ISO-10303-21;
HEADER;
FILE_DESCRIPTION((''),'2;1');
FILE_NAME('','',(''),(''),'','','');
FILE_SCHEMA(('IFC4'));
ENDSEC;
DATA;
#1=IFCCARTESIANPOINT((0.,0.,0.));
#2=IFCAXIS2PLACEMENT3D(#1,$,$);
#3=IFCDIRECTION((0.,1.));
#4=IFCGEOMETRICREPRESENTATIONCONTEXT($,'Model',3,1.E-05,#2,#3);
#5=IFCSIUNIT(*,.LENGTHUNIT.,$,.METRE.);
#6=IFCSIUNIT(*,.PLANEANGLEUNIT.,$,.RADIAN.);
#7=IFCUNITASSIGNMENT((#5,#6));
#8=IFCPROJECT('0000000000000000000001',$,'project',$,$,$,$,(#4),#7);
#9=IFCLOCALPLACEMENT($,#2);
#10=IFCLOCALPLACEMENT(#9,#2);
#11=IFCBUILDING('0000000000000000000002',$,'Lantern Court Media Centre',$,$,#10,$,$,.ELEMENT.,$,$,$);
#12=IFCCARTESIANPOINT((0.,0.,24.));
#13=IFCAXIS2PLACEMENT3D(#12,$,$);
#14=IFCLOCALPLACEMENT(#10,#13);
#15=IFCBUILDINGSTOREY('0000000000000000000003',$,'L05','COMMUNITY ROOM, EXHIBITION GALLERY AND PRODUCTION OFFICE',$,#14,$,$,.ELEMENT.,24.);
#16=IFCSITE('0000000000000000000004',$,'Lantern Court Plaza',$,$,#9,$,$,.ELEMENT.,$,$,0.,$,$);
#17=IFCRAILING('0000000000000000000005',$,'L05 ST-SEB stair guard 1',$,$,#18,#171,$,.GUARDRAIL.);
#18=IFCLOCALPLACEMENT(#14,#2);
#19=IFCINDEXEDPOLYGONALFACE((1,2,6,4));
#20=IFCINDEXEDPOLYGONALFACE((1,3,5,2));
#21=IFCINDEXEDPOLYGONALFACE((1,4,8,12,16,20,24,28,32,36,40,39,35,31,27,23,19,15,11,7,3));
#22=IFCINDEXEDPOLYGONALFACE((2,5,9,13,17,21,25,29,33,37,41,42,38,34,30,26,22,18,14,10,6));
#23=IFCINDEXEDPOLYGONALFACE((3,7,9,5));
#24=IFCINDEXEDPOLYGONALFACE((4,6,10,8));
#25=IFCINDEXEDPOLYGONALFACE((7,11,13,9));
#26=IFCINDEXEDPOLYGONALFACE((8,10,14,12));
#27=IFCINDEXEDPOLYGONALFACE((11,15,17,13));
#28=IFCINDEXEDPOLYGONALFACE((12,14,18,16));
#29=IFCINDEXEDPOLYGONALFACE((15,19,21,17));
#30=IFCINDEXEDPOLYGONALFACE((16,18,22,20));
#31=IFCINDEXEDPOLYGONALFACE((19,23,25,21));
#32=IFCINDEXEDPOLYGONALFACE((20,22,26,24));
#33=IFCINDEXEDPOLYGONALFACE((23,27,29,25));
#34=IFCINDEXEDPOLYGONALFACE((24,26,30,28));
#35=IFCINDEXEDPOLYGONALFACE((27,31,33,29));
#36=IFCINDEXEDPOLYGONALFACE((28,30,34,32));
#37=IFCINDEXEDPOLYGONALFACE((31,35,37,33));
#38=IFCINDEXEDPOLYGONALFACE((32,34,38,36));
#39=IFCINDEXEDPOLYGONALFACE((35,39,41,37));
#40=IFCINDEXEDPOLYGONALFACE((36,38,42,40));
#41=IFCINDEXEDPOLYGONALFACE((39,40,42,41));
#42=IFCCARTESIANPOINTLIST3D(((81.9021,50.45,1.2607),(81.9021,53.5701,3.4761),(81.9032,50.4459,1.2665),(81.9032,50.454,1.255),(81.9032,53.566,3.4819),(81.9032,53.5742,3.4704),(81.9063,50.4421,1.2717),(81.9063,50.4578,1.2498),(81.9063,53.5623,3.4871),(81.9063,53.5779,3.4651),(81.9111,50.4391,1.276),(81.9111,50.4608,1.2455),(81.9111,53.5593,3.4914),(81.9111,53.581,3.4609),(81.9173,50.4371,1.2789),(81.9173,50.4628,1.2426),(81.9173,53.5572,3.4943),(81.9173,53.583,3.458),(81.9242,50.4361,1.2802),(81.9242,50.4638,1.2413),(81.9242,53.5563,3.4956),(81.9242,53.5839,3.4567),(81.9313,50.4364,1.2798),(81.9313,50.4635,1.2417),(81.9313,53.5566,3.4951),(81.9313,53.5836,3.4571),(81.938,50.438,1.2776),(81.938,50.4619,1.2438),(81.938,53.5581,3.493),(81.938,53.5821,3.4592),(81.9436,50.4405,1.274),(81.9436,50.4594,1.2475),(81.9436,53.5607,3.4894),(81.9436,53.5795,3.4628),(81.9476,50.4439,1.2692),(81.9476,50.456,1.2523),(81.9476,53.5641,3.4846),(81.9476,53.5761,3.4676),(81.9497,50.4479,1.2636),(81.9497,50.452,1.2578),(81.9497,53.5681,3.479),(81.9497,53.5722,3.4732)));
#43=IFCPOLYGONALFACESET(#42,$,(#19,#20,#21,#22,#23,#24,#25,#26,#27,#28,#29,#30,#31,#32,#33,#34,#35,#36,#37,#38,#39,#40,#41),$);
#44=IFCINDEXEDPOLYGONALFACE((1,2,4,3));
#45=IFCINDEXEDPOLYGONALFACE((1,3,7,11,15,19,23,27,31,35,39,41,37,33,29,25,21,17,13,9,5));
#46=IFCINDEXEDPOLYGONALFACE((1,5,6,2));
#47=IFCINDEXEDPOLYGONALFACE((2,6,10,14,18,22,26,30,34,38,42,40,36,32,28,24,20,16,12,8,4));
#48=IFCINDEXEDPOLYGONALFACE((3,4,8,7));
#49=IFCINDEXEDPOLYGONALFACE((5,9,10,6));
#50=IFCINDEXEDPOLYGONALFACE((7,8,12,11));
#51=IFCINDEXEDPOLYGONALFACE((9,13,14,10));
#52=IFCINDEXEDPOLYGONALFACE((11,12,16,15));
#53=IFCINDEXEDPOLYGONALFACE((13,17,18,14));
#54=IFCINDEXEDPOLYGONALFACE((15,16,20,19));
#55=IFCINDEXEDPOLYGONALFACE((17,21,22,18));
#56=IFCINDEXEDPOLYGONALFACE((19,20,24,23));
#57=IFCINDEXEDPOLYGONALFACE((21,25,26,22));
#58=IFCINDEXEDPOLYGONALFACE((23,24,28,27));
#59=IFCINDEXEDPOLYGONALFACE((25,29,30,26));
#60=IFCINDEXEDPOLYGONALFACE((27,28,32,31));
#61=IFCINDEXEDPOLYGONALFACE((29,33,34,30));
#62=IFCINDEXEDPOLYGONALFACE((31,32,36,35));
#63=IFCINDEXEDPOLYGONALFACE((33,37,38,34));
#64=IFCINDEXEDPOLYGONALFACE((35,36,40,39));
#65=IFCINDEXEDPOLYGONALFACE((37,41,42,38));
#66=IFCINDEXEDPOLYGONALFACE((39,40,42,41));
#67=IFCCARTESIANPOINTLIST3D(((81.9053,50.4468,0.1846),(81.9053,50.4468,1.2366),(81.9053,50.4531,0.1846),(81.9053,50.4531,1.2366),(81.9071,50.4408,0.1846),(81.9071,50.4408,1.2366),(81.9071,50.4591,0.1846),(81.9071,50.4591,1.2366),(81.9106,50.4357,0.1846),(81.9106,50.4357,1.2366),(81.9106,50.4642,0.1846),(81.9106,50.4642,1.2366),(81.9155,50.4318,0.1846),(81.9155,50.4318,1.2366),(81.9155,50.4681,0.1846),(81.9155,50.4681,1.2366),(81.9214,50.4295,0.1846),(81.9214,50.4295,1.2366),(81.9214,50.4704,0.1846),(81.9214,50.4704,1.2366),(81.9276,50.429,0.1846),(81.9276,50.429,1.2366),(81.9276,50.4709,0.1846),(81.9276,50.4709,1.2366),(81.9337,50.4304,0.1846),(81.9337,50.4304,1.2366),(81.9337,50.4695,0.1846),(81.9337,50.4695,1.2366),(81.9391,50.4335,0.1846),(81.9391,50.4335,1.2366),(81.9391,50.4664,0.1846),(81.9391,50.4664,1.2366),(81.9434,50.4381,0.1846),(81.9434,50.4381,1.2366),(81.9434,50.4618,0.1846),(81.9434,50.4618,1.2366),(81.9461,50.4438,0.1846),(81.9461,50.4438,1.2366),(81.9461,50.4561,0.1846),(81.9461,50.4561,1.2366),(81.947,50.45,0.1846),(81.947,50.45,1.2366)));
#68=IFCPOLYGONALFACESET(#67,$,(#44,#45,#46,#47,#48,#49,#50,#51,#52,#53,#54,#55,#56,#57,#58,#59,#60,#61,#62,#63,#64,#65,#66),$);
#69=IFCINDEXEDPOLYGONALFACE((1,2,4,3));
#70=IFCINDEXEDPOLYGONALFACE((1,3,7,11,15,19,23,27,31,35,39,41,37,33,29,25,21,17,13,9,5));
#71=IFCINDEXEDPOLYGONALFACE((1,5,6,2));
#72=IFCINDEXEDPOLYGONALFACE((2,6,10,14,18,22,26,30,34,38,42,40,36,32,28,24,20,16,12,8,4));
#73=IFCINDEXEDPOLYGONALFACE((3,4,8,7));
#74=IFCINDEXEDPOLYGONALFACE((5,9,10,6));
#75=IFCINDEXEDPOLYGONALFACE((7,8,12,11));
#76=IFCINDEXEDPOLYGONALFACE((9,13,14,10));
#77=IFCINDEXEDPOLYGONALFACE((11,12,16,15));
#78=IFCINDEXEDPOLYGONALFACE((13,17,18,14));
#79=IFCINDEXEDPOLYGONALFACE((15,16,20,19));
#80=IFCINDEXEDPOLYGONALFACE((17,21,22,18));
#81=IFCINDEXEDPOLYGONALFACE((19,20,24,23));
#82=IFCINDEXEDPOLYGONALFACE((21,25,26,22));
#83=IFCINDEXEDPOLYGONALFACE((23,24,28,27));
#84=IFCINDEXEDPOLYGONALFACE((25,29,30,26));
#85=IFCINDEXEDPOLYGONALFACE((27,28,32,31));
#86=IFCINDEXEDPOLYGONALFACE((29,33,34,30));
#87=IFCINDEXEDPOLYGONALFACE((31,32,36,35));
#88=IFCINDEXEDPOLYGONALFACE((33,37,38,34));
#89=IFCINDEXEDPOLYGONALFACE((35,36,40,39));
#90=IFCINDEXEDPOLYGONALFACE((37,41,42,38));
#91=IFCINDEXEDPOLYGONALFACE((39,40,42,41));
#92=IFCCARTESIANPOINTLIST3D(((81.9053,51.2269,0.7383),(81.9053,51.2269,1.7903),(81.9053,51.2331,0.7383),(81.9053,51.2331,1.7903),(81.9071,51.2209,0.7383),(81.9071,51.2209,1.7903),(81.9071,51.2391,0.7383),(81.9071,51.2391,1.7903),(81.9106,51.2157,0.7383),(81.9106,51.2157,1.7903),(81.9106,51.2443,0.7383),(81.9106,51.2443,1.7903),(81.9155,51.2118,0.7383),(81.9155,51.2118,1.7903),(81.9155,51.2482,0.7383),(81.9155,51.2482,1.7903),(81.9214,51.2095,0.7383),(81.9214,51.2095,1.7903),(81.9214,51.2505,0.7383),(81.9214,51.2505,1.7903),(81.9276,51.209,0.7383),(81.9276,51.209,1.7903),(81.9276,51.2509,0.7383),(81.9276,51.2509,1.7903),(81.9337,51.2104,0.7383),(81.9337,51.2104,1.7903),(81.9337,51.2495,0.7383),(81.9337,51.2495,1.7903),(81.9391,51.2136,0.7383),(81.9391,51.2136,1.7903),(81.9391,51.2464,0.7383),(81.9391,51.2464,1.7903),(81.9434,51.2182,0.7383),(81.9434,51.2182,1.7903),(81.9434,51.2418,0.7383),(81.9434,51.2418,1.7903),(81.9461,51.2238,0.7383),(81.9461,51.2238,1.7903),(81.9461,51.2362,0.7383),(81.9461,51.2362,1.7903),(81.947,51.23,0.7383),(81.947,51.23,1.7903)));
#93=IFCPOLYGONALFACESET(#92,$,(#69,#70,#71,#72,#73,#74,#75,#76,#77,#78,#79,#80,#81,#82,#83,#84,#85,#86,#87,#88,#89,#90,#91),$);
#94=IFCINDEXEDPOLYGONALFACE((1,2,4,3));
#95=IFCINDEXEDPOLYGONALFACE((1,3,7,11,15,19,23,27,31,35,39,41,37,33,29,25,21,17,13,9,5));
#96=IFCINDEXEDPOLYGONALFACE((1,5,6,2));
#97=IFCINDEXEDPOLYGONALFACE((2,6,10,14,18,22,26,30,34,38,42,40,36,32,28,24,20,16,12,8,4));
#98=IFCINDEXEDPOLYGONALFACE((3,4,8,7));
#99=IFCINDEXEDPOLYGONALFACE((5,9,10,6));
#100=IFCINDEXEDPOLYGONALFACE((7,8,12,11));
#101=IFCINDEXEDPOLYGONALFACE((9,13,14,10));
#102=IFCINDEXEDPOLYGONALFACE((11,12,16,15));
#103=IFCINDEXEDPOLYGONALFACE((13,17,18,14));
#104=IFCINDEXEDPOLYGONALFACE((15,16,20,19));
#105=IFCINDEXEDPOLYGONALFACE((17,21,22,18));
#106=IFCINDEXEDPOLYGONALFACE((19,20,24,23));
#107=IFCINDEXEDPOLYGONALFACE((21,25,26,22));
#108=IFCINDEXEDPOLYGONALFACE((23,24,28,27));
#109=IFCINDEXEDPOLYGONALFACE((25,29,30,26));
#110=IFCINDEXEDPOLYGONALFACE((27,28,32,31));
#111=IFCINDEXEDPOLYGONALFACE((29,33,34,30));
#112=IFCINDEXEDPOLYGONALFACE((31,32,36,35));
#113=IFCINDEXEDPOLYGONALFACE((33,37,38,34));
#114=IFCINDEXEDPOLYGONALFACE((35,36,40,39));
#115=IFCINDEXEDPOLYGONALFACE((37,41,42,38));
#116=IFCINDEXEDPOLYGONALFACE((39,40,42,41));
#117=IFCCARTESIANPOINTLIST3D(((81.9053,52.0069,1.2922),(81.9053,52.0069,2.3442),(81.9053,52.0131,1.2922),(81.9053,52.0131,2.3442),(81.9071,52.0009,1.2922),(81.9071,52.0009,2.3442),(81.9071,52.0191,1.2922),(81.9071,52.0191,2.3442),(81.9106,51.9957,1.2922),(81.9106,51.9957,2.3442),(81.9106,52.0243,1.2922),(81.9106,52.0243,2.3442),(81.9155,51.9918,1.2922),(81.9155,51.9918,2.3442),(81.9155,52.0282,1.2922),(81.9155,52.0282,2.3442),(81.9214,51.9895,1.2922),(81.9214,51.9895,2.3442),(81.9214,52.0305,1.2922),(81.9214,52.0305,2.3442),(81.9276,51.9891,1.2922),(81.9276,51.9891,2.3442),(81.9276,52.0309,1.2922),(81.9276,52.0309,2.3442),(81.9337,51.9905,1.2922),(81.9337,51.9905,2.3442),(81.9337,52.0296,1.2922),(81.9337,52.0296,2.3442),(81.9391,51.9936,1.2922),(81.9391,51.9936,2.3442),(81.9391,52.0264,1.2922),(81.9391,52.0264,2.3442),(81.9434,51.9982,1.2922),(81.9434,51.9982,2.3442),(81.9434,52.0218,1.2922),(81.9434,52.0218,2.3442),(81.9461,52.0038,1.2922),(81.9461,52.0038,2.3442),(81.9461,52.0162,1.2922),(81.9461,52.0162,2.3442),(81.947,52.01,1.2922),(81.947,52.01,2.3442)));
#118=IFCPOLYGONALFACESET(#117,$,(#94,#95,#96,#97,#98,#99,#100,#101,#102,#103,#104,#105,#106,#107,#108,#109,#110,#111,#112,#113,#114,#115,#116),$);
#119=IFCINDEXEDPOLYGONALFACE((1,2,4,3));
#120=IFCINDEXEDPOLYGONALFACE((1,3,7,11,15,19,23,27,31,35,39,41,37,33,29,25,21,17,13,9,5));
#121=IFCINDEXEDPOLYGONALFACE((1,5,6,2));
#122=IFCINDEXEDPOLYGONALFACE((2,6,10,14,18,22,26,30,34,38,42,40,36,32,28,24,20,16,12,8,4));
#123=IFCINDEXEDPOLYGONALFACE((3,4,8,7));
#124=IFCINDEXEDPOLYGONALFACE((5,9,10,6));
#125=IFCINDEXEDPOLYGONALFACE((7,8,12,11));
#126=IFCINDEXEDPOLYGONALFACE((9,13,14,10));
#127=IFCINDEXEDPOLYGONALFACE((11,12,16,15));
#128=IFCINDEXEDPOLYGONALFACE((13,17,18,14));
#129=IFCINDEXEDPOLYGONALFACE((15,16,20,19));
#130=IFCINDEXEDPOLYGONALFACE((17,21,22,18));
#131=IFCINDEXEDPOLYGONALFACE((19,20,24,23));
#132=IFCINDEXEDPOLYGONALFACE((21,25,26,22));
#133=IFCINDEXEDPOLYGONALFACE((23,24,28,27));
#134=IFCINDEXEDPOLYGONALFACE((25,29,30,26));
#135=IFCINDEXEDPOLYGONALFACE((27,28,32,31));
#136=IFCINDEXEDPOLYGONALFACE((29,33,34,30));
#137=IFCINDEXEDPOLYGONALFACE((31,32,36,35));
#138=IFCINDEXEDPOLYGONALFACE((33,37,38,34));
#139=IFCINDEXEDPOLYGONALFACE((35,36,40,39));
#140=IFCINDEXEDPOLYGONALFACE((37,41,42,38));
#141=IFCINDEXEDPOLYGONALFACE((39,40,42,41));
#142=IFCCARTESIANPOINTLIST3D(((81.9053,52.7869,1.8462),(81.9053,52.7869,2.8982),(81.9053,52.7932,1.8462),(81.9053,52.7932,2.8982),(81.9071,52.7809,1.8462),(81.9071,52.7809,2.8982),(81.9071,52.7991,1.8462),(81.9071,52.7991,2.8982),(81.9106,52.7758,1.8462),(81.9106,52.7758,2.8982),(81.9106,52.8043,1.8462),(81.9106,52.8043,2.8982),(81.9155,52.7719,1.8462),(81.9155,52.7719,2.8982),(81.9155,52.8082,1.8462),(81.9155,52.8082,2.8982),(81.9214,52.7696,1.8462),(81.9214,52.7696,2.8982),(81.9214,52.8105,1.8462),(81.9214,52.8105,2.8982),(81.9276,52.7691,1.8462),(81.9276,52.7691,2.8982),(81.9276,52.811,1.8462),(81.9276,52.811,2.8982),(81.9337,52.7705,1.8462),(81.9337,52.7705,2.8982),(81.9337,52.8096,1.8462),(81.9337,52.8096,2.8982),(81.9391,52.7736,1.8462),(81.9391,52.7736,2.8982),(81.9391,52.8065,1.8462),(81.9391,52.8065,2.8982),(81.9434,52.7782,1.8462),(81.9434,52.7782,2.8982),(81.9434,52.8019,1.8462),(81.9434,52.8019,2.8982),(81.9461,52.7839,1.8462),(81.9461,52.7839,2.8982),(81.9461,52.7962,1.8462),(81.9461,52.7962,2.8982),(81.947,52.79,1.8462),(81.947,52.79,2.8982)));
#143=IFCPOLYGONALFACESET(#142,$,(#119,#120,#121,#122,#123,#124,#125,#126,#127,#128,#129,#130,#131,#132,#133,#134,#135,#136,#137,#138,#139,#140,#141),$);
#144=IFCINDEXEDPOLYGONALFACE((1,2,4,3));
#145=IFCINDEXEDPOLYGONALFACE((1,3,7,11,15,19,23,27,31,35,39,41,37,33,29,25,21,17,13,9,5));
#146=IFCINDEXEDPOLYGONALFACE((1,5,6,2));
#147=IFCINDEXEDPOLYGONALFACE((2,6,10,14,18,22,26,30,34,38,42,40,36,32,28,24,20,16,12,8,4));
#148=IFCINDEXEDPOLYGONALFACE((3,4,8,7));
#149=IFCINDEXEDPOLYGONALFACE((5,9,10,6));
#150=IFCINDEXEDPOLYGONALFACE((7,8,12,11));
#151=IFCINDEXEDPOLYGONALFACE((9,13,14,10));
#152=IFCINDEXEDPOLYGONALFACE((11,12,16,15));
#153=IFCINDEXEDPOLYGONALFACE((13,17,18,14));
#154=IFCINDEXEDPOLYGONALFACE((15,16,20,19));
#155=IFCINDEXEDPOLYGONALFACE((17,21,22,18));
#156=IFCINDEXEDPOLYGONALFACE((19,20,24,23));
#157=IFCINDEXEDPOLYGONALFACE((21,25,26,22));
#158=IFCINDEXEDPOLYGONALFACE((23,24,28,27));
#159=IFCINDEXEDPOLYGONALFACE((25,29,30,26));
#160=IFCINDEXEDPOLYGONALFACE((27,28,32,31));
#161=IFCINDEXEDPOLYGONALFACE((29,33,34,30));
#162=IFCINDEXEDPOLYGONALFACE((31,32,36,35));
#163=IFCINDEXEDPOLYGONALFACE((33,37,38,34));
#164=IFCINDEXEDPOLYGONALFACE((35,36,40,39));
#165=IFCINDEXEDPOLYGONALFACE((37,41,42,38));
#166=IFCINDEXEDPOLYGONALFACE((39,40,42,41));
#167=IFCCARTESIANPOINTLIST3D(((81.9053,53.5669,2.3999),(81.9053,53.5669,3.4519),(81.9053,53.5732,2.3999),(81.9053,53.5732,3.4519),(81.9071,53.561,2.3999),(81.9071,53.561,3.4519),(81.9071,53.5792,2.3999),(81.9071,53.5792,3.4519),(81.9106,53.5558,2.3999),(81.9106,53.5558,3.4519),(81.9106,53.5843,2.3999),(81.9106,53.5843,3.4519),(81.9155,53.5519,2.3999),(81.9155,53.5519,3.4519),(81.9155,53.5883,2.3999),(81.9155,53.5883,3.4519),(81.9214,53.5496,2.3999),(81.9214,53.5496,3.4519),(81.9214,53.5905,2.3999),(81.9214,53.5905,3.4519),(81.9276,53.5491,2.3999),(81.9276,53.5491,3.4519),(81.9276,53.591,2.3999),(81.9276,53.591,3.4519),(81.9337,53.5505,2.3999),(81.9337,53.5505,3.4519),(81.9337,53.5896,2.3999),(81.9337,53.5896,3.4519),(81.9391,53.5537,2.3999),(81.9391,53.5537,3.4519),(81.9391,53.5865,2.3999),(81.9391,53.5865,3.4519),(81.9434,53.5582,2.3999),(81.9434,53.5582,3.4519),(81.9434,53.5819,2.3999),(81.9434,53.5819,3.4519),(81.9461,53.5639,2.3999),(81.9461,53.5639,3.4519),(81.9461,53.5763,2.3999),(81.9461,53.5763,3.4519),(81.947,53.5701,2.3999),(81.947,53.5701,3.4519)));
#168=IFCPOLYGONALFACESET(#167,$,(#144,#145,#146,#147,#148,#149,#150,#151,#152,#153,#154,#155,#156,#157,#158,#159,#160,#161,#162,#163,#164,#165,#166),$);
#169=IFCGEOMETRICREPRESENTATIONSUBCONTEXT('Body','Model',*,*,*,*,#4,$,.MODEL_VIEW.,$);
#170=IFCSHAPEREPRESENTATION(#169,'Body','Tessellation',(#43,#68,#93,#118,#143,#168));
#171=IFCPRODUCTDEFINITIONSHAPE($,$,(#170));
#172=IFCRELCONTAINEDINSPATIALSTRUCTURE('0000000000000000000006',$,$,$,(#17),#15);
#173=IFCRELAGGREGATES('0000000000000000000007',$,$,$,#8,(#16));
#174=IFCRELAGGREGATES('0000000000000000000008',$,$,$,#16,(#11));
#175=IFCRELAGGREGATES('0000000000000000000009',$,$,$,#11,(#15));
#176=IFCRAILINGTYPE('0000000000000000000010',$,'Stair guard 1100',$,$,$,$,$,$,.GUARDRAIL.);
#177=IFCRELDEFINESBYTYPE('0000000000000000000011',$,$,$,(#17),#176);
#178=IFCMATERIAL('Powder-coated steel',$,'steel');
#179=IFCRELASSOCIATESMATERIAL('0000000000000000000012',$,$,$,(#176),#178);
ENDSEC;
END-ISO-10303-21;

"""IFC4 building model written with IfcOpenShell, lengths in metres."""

from ifc_helpers import new_model, si_unit, direction, frame, origin, origin_2d, place, context, subcontext, project, spatial, circle, extrude, material, type_object, element, save


model = new_model("IFC4")

# Units and contexts
model_context = context("Model", 3, precision=1e-05, world=origin(), true_north=direction((0.0, 1.0)))
body_context = subcontext(model_context, "Body", "Model", "MODEL_VIEW")
ifc_project = project(units=[si_unit("LENGTHUNIT", "METRE"), si_unit("PLANEANGLEUNIT", "RADIAN")], contexts=[model_context])

# Site, building, storey
site_placement = place(None, origin())
site = spatial("IfcSite", under=ifc_project, at=site_placement, Name="Lantern Court Plaza", CompositionType="ELEMENT", RefElevation=0.0)
building_placement = place(site_placement, origin())
building = spatial("IfcBuilding", under=site, at=building_placement, Name="Lantern Court Media Centre", CompositionType="ELEMENT")
storey_placement = place(building_placement, frame((0.0, 0.0, 24.0)))
storey = spatial("IfcBuildingStorey", under=building, at=storey_placement, Name="L05", Description="COMMUNITY ROOM, EXHIBITION GALLERY AND PRODUCTION OFFICE", CompositionType="ELEMENT", Elevation=24.0)

# Shared definitions
ifc_material_1 = material(Name="Powder-coated steel", Category="steel")

# Railing
railing_type_1 = type_object("IfcRailingType", Name="Stair guard 1100", PredefinedType="GUARDRAIL", material=ifc_material_1)
railing_1_placement = place(storey_placement, frame((81.926, 50.45, 0.1846)))
element("IfcRailing", 1, at=railing_1_placement, inside=storey, type_object=railing_type_1, Name="L05 ST-SEB stair guard 1", PredefinedType="GUARDRAIL", context=body_context, shape_type="SweptSolid", body=[
    extrude(circle(Radius=0.0239, at=origin_2d()), frame((0.0, 0.0, 1.0762), z_axis=(0.0, 0.815377, 0.57893), x_axis=(-1.0, 0.0, 0.0)), (0.0, 0.0, 1.0), 3.8267),
    extrude(circle(Radius=0.021, at=origin_2d()), origin(), (0.0, 0.0, 1.0), 1.052),
    extrude(circle(Radius=0.021, at=origin_2d()), frame((0.0, 0.78, 0.5537)), (0.0, 0.0, 1.0), 1.052),
    extrude(circle(Radius=0.021, at=origin_2d()), frame((0.0, 1.5601, 1.1077)), (0.0, 0.0, 1.0), 1.052),
    extrude(circle(Radius=0.021, at=origin_2d()), frame((0.0, 2.3401, 1.6616)), (0.0, 0.0, 1.0), 1.052),
    extrude(circle(Radius=0.021, at=origin_2d()), frame((0.0, 3.1201, 2.2153)), (0.0, 0.0, 1.0), 1.052),
])

save(model, "model.ifc")
